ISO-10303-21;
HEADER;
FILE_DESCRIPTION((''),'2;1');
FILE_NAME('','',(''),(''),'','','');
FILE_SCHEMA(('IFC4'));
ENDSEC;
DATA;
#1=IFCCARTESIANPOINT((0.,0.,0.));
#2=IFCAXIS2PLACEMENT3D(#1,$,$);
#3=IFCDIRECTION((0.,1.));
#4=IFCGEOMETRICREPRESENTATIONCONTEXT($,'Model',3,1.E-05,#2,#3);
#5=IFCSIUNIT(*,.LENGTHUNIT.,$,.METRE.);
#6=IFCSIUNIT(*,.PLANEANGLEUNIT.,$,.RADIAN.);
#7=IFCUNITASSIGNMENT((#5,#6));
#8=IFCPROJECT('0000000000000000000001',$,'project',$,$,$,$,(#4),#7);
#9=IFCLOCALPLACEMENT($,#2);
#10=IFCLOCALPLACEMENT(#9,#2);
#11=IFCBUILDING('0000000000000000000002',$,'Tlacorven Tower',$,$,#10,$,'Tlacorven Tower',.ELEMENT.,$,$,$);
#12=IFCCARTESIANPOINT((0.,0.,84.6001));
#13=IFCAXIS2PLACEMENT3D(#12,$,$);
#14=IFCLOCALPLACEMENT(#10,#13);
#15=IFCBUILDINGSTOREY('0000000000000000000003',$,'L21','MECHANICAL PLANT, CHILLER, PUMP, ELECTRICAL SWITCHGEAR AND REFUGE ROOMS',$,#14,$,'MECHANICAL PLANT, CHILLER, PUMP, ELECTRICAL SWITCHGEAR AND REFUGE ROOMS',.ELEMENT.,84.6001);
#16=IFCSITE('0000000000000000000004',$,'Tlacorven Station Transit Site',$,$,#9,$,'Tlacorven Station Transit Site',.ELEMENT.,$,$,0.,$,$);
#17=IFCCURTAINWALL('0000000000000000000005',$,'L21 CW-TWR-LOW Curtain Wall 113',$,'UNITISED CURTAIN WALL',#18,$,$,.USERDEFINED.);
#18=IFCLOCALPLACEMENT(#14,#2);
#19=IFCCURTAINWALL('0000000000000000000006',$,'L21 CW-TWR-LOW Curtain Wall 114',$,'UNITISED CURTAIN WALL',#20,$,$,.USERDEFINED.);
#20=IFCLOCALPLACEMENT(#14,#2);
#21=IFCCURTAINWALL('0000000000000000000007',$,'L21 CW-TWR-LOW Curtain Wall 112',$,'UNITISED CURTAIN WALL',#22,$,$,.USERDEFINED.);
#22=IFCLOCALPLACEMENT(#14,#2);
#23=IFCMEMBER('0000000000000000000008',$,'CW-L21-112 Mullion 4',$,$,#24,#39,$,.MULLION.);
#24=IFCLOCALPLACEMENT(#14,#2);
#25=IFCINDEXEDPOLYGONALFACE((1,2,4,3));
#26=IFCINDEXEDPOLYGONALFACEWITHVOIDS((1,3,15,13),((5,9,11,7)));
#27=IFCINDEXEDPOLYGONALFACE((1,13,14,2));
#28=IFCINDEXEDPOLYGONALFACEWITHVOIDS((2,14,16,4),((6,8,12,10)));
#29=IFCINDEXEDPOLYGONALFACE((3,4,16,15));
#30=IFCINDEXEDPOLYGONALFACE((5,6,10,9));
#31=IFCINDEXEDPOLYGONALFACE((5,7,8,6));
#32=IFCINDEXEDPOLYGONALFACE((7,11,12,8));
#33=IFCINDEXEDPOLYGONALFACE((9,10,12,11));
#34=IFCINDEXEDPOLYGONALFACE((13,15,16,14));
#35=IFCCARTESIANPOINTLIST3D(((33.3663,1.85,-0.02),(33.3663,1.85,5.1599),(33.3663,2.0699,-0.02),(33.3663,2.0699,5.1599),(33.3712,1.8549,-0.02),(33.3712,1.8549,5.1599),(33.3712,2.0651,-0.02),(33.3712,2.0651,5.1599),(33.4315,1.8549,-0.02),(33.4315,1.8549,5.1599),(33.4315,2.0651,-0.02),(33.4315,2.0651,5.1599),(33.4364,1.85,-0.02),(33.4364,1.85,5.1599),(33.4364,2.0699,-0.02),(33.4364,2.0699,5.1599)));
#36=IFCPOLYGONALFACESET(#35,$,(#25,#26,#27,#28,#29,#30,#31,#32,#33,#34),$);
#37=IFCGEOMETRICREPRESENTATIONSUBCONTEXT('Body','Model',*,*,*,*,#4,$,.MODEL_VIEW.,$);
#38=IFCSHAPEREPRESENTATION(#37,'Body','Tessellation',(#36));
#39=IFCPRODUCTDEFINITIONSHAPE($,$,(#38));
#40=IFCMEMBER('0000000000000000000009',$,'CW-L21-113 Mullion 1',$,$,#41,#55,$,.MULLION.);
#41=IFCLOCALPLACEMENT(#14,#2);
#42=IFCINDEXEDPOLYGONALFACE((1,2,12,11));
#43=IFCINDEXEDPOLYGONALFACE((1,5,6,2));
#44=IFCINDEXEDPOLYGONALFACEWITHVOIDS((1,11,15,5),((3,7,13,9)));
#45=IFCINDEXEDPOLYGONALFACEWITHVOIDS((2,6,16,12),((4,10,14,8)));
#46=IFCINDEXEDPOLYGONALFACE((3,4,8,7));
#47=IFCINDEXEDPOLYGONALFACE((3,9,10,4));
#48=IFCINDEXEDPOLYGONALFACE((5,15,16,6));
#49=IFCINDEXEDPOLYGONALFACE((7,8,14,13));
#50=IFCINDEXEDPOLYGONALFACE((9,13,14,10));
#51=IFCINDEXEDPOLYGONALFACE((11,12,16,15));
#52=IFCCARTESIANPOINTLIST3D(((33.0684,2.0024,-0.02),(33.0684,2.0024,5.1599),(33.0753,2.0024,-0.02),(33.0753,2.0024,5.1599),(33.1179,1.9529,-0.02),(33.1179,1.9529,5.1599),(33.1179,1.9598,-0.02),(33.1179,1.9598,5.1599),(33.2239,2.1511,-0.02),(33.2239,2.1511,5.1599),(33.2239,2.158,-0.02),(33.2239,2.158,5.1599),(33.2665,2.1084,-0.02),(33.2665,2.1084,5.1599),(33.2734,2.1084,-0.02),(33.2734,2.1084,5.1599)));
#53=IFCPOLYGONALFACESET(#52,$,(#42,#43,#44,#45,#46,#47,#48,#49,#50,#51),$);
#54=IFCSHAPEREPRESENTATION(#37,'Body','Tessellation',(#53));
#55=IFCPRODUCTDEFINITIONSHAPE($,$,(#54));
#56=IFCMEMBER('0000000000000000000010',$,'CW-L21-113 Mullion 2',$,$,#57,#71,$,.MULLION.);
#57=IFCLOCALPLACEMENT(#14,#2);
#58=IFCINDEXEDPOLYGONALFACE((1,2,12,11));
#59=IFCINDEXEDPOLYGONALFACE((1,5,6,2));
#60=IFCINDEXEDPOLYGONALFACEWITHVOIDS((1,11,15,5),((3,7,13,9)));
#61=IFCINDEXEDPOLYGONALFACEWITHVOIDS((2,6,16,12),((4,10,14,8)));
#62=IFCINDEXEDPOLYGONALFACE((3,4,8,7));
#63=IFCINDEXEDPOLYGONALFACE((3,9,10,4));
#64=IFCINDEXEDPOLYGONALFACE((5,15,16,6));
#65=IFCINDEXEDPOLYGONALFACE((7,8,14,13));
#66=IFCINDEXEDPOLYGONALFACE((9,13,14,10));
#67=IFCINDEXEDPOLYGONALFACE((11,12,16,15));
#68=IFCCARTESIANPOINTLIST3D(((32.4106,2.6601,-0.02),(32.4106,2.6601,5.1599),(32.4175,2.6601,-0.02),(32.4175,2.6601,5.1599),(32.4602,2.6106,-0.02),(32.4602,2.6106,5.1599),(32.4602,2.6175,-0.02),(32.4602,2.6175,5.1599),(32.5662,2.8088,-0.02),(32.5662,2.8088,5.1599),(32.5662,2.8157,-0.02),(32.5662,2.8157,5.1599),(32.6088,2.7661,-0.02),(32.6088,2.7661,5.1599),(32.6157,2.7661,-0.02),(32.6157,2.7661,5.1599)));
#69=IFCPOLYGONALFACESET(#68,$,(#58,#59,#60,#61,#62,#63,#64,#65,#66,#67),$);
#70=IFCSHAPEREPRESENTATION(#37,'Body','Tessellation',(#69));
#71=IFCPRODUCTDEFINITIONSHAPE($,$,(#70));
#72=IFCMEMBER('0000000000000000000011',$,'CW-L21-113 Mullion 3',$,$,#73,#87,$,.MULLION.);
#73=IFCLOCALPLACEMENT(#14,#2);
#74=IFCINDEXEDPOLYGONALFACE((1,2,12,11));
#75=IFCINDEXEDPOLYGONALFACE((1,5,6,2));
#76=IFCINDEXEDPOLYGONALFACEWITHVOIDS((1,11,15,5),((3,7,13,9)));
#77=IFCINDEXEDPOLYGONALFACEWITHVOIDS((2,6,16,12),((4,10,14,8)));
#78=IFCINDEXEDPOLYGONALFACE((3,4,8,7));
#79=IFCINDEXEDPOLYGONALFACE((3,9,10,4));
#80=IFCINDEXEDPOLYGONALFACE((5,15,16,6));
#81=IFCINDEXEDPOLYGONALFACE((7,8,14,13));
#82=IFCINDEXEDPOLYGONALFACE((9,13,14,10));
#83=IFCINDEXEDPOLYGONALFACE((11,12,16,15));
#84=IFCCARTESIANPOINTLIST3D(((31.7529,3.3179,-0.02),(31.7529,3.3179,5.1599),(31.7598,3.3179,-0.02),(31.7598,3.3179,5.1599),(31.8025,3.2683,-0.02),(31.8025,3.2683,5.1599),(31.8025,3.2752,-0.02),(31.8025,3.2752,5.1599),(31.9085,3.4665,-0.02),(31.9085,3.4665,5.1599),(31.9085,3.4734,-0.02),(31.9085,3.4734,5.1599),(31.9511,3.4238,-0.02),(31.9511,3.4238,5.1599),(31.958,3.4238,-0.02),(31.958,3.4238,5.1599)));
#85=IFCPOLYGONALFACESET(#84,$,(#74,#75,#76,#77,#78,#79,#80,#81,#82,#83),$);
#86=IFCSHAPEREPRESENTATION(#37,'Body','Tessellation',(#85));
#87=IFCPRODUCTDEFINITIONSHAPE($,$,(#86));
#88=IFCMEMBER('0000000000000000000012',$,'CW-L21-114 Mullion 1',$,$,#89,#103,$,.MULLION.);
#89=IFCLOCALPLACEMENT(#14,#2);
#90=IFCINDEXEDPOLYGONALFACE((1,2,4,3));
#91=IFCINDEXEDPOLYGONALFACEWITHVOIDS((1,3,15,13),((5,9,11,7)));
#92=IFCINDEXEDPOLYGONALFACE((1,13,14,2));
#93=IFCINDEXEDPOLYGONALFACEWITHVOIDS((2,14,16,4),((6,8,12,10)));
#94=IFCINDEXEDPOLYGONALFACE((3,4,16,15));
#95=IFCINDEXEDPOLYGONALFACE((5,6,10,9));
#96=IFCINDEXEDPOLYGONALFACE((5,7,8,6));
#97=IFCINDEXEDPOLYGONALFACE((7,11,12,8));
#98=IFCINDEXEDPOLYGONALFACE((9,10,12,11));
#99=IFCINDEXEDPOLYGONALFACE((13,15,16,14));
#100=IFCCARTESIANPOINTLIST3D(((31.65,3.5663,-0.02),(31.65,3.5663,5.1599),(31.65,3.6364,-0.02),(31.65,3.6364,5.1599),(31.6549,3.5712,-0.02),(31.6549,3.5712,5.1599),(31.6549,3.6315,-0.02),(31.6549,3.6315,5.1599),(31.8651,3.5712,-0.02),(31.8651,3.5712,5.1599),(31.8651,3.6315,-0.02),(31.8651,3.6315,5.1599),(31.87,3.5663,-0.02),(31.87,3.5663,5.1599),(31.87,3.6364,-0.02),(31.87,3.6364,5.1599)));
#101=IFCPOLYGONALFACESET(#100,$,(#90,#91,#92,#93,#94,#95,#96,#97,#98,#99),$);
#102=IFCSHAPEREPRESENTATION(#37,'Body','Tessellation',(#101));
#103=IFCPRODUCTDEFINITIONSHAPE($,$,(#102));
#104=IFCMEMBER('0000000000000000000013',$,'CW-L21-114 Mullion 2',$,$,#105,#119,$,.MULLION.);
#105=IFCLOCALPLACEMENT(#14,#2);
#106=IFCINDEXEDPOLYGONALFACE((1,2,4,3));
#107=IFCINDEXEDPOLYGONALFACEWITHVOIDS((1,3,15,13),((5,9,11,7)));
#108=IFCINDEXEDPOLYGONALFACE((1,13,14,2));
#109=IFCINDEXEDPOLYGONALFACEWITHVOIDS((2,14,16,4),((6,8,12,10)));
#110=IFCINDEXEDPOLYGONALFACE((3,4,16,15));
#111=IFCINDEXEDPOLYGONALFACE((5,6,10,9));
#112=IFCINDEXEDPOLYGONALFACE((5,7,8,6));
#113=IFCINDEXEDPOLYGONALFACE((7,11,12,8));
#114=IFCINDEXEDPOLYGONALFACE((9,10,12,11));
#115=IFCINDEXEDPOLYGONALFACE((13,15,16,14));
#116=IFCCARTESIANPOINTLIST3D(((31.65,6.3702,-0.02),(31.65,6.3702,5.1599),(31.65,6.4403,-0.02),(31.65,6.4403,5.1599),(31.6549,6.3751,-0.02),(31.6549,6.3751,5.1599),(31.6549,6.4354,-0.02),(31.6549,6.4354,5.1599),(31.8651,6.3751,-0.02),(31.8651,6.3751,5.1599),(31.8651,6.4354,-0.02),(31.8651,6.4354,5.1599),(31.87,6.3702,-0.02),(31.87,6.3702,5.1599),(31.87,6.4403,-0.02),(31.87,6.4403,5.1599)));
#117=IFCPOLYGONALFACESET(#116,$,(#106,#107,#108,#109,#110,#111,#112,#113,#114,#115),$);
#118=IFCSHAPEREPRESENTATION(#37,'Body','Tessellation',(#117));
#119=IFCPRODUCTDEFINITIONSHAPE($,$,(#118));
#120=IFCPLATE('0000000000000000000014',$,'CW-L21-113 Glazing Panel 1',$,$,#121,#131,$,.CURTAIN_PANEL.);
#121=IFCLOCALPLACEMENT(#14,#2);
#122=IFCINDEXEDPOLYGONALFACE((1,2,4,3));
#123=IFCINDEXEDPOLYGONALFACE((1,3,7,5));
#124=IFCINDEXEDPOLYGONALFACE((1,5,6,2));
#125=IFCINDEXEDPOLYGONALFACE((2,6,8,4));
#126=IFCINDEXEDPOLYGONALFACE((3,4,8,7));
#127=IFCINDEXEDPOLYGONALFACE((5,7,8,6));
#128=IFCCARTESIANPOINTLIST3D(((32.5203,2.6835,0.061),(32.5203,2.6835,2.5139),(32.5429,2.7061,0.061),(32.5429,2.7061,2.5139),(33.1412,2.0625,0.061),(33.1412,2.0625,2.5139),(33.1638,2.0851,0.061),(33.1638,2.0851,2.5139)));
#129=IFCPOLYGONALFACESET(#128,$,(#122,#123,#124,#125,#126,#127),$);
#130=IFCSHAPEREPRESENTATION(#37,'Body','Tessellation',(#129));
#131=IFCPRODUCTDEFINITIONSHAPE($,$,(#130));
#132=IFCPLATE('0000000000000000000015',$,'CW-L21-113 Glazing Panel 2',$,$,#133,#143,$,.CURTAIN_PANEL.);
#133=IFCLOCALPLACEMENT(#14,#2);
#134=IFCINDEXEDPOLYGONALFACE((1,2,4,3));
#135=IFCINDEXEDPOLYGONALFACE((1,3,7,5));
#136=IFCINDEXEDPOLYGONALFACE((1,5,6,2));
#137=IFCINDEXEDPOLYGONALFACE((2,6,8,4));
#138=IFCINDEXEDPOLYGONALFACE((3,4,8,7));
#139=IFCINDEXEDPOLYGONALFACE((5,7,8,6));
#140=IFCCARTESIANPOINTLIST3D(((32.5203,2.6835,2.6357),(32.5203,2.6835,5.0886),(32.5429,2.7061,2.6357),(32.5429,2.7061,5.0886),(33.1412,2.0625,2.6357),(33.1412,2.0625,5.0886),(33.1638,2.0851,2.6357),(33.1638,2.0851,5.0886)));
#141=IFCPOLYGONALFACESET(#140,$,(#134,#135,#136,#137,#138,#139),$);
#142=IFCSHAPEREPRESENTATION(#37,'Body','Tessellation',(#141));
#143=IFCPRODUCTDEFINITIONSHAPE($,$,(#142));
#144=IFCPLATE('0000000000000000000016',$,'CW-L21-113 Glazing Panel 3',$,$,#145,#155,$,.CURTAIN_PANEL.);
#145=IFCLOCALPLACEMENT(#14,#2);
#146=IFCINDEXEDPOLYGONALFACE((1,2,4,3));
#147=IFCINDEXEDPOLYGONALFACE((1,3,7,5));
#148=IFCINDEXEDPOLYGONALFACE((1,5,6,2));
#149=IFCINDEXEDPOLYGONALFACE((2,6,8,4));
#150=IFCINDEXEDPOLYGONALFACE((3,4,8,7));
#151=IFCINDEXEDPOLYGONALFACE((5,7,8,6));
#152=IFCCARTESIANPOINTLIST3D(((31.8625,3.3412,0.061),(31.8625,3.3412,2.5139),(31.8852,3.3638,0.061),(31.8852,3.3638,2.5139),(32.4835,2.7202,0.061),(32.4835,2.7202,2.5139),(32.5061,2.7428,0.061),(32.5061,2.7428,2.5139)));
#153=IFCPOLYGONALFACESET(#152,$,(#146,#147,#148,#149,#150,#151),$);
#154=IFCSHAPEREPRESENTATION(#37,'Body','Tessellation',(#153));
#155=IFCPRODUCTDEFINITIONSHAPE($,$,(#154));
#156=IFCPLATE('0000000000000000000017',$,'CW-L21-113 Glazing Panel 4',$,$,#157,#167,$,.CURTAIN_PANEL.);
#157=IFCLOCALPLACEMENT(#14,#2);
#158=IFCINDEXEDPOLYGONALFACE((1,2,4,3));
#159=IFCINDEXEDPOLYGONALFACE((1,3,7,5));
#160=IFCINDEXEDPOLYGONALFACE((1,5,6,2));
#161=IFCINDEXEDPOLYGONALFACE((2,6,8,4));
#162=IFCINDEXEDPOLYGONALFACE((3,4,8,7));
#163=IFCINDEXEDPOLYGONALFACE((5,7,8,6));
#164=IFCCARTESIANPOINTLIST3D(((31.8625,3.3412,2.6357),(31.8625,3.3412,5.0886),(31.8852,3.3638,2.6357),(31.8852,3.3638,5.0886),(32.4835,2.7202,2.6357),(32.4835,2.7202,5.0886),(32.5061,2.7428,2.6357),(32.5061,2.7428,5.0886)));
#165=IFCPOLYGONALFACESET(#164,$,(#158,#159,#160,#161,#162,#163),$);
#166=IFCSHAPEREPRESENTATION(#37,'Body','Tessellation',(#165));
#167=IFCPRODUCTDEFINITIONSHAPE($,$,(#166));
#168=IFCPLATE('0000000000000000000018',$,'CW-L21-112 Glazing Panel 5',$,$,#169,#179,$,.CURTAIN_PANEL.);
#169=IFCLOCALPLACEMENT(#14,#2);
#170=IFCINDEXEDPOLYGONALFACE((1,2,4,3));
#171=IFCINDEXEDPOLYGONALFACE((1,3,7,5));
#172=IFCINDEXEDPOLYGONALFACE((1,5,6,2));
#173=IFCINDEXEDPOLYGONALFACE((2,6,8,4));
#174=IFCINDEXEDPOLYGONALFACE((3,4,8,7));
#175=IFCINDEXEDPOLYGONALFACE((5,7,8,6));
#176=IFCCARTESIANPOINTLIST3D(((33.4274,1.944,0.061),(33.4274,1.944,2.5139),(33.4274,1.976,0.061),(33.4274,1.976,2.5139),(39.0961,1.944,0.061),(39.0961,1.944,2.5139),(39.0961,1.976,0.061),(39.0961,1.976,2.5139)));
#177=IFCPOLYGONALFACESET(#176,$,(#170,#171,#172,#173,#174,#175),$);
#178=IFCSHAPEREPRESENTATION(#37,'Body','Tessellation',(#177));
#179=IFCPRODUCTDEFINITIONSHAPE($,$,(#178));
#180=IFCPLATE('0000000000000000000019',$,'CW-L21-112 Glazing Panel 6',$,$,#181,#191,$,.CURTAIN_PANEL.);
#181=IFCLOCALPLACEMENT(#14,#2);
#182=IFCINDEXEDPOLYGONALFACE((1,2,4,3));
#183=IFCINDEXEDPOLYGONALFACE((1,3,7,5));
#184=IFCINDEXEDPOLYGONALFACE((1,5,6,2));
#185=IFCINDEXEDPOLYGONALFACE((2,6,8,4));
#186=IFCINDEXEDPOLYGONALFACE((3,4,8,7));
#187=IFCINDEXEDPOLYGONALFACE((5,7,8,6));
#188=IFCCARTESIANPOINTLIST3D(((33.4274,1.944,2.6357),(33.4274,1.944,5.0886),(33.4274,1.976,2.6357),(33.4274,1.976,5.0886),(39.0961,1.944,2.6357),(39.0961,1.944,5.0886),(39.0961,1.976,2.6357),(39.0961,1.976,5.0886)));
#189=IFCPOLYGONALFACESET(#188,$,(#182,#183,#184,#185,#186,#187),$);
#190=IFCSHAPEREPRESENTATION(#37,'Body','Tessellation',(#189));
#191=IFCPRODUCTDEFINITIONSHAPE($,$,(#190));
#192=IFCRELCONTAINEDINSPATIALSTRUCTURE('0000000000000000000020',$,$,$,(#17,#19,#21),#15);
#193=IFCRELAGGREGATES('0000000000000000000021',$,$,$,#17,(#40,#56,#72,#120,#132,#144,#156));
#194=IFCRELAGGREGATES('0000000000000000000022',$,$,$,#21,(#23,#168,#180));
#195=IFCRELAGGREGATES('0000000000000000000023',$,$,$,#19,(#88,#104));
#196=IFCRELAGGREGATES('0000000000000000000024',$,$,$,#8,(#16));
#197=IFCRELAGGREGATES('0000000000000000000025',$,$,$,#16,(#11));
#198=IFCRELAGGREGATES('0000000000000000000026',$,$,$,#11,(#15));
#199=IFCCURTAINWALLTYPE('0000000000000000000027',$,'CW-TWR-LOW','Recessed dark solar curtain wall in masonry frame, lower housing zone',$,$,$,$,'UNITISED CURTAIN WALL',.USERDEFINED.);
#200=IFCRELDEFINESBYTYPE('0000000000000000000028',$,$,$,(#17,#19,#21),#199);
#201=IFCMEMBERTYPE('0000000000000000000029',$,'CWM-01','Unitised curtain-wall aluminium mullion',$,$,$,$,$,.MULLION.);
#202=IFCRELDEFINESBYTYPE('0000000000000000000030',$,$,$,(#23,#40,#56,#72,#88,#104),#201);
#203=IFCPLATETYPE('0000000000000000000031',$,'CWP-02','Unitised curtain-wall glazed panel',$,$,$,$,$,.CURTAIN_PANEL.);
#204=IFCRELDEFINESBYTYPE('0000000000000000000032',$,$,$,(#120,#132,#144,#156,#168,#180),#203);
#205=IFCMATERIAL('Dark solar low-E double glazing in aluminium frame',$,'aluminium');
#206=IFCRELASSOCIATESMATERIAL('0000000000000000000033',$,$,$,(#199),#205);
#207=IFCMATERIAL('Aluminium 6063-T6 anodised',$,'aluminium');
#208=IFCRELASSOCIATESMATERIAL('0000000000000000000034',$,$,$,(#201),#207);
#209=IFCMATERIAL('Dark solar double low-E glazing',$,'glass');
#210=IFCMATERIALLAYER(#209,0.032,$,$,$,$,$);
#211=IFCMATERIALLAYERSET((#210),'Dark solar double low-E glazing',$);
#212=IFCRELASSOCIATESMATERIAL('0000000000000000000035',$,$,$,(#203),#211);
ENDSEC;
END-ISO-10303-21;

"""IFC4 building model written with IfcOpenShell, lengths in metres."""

from ifc_helpers import new_model, si_unit, direction, frame, origin, origin_2d, place, context, subcontext, project, spatial, rectangle, hollow_rectangle, extrude, source, transform, mapped, material, layer, layer_set, material_profile, profile_set, type_object, element, aggregate, save


model = new_model("IFC4")

# Units and contexts
model_context = context("Model", 3, precision=1e-05, world=origin(), true_north=direction((0.0, 1.0)))
body_context = subcontext(model_context, "Body", "Model", "MODEL_VIEW")
ifc_project = project(units=[si_unit("LENGTHUNIT", "METRE"), si_unit("PLANEANGLEUNIT", "RADIAN")], contexts=[model_context])

# Site, building, storey
site_placement = place(None, origin())
site = spatial("IfcSite", under=ifc_project, at=site_placement, Name="Tlacorven Station Transit Site", LongName="Tlacorven Station Transit Site", CompositionType="ELEMENT", RefElevation=0.0)
building_placement = place(site_placement, origin())
building = spatial("IfcBuilding", under=site, at=building_placement, Name="Tlacorven Tower", LongName="Tlacorven Tower", CompositionType="ELEMENT")
storey_placement = place(building_placement, frame((0.0, 0.0, 84.6001)))
storey = spatial("IfcBuildingStorey", under=building, at=storey_placement, Name="L21", Description="MECHANICAL PLANT, CHILLER, PUMP, ELECTRICAL SWITCHGEAR AND REFUGE ROOMS", LongName="MECHANICAL PLANT, CHILLER, PUMP, ELECTRICAL SWITCHGEAR AND REFUGE ROOMS", CompositionType="ELEMENT", Elevation=84.6001)

# Curtain walls
ifc_material_1 = material(Name="Dark solar low-E double glazing in aluminium frame", Category="aluminium")
curtain_wall_type = type_object("IfcCurtainWallType", Name="CW-TWR-LOW", Description="Recessed dark solar curtain wall in masonry frame, lower housing zone", ElementType="UNITISED CURTAIN WALL", PredefinedType="USERDEFINED", material=ifc_material_1)
curtain_wall_1_placement = place(storey_placement, origin())
curtain_wall_1 = element("IfcCurtainWall", 1, at=curtain_wall_1_placement, inside=storey, type_object=curtain_wall_type, Name="L21 CW-TWR-LOW Curtain Wall 113", ObjectType="UNITISED CURTAIN WALL", PredefinedType="USERDEFINED")
ifc_material_2 = material(Name="Aluminium 6063-T6 anodised", Category="aluminium")
curtain_wall_2_placement = place(storey_placement, origin())
curtain_wall_2 = element("IfcCurtainWall", 2, at=curtain_wall_2_placement, inside=storey, type_object=curtain_wall_type, Name="L21 CW-TWR-LOW Curtain Wall 114", ObjectType="UNITISED CURTAIN WALL", PredefinedType="USERDEFINED")

# Curtain wall, member
curtain_wall_3_placement = place(storey_placement, origin())
curtain_wall_3 = element("IfcCurtainWall", 3, at=curtain_wall_3_placement, inside=storey, type_object=curtain_wall_type, Name="L21 CW-TWR-LOW Curtain Wall 112", ObjectType="UNITISED CURTAIN WALL", PredefinedType="USERDEFINED")
ifc_material_profile_1 = material_profile(ifc_material_2, hollow_rectangle(XDim=0.0701, YDim=0.22, WallThickness=0.0049, at=origin_2d()), Name="ALU MULLION 70X220")
ifc_profile_set_1 = profile_set([ifc_material_profile_1], Name="Aluminium 6063-T6 anodised")
member_type_1 = type_object("IfcMemberType", Name="CWM-01", Description="Unitised curtain-wall aluminium mullion", PredefinedType="MULLION", material=ifc_profile_set_1)
shared_shape_1 = source(origin(), body_context, "Body", "SweptSolid", [
    extrude(hollow_rectangle(XDim=0.0701, YDim=0.22, WallThickness=0.0049, at=origin_2d()), origin(), (0.0, 0.0, 1.0), 5.1799),
])
member_1_placement = place(storey_placement, frame((33.4014, 1.96, -0.02), z_axis=(0.0, 0.0, 1.0), x_axis=(-1.0, 0.0, 0.0)))
member_1 = element("IfcMember", 4, at=member_1_placement, type_object=member_type_1, Name="CW-L21-112 Mullion 4", PredefinedType="MULLION", context=body_context, shape_type="MappedRepresentation", body=[
    mapped(shared_shape_1, transform((0.0, 0.0, 0.0), scale=1.0)),
])

# Members
member_2_placement = place(storey_placement, frame((33.1709, 2.0554, -0.02), z_axis=(0.0, 0.0, 1.0), x_axis=(-0.707107, 0.707107, 0.0)))
member_2 = element("IfcMember", 5, at=member_2_placement, type_object=member_type_1, Name="CW-L21-113 Mullion 1", PredefinedType="MULLION", context=body_context, shape_type="MappedRepresentation", body=[
    mapped(shared_shape_1, transform((0.0, 0.0, 0.0), scale=1.0)),
])
member_3_placement = place(storey_placement, frame((32.5132, 2.7131, -0.02), z_axis=(0.0, 0.0, 1.0), x_axis=(-0.707107, 0.707107, 0.0)))
member_3 = element("IfcMember", 6, at=member_3_placement, type_object=member_type_1, Name="CW-L21-113 Mullion 2", PredefinedType="MULLION", context=body_context, shape_type="MappedRepresentation", body=[
    mapped(shared_shape_1, transform((0.0, 0.0, 0.0), scale=1.0)),
])
member_4_placement = place(storey_placement, frame((31.8555, 3.3708, -0.02), z_axis=(0.0, 0.0, 1.0), x_axis=(-0.707107, 0.707107, 0.0)))
member_4 = element("IfcMember", 7, at=member_4_placement, type_object=member_type_1, Name="CW-L21-113 Mullion 3", PredefinedType="MULLION", context=body_context, shape_type="MappedRepresentation", body=[
    mapped(shared_shape_1, transform((0.0, 0.0, 0.0), scale=1.0)),
])
member_5_placement = place(storey_placement, frame((31.76, 3.6013, -0.02), z_axis=(0.0, 0.0, 1.0), x_axis=(0.0, 1.0, 0.0)))
member_5 = element("IfcMember", 8, at=member_5_placement, type_object=member_type_1, Name="CW-L21-114 Mullion 1", PredefinedType="MULLION", context=body_context, shape_type="MappedRepresentation", body=[
    mapped(shared_shape_1, transform((0.0, 0.0, 0.0), scale=1.0)),
])
member_6_placement = place(storey_placement, frame((31.76, 6.4053, -0.02), z_axis=(0.0, 0.0, 1.0), x_axis=(0.0, 1.0, 0.0)))
member_6 = element("IfcMember", 9, at=member_6_placement, type_object=member_type_1, Name="CW-L21-114 Mullion 2", PredefinedType="MULLION", context=body_context, shape_type="MappedRepresentation", body=[
    mapped(shared_shape_1, transform((0.0, 0.0, 0.0), scale=1.0)),
])

# Plates
ifc_material_3 = material(Name="Dark solar double low-E glazing", Category="glass")
ifc_layer = layer(ifc_material_3, 0.032)
ifc_layer_set = layer_set([ifc_layer], Name="Dark solar double low-E glazing")
plate_type = type_object("IfcPlateType", Name="CWP-02", Description="Unitised curtain-wall glazed panel", PredefinedType="CURTAIN_PANEL", material=ifc_layer_set)
shared_shape_2 = source(origin(), body_context, "Body", "SweptSolid", [
    extrude(rectangle(XDim=0.8782, YDim=0.032, at=origin_2d()), origin(), (0.0, 0.0, 1.0), 2.4529),
])
plate_1_placement = place(storey_placement, frame((32.842, 2.3843, 0.061), z_axis=(0.0, 0.0, 1.0), x_axis=(-0.707107, 0.707107, 0.0)))
plate_1 = element("IfcPlate", 10, at=plate_1_placement, type_object=plate_type, Name="CW-L21-113 Glazing Panel 1", PredefinedType="CURTAIN_PANEL", context=body_context, shape_type="MappedRepresentation", body=[
    mapped(shared_shape_2, transform((0.0, 0.0, 0.0), scale=1.0)),
])
plate_2_placement = place(storey_placement, frame((32.842, 2.3843, 2.6357), z_axis=(0.0, 0.0, 1.0), x_axis=(-0.707107, 0.707107, 0.0)))
plate_2 = element("IfcPlate", 11, at=plate_2_placement, type_object=plate_type, Name="CW-L21-113 Glazing Panel 2", PredefinedType="CURTAIN_PANEL", context=body_context, shape_type="MappedRepresentation", body=[
    mapped(shared_shape_2, transform((0.0, 0.0, 0.0), scale=1.0)),
])
plate_3_placement = place(storey_placement, frame((32.1843, 3.042, 0.061), z_axis=(0.0, 0.0, 1.0), x_axis=(-0.707107, 0.707107, 0.0)))
plate_3 = element("IfcPlate", 12, at=plate_3_placement, type_object=plate_type, Name="CW-L21-113 Glazing Panel 3", PredefinedType="CURTAIN_PANEL", context=body_context, shape_type="MappedRepresentation", body=[
    mapped(shared_shape_2, transform((0.0, 0.0, 0.0), scale=1.0)),
])
plate_4_placement = place(storey_placement, frame((32.1843, 3.042, 2.6357), z_axis=(0.0, 0.0, 1.0), x_axis=(-0.707107, 0.707107, 0.0)))
plate_4 = element("IfcPlate", 13, at=plate_4_placement, type_object=plate_type, Name="CW-L21-113 Glazing Panel 4", PredefinedType="CURTAIN_PANEL", context=body_context, shape_type="MappedRepresentation", body=[
    mapped(shared_shape_2, transform((0.0, 0.0, 0.0), scale=1.0)),
])
aggregate(curtain_wall_1, [member_2, member_3, member_4, plate_1, plate_2, plate_3, plate_4])
shared_shape_3 = source(origin(), body_context, "Body", "SweptSolid", [
    extrude(rectangle(XDim=5.6687, YDim=0.032, at=origin_2d()), origin(), (0.0, 0.0, 1.0), 2.4529),
])
plate_5_placement = place(storey_placement, frame((36.2617, 1.96, 0.061), z_axis=(0.0, 0.0, 1.0), x_axis=(-1.0, 0.0, 0.0)))
plate_5 = element("IfcPlate", 14, at=plate_5_placement, type_object=plate_type, Name="CW-L21-112 Glazing Panel 5", PredefinedType="CURTAIN_PANEL", context=body_context, shape_type="MappedRepresentation", body=[
    mapped(shared_shape_3, transform((0.0, 0.0, 0.0), scale=1.0)),
])
plate_6_placement = place(storey_placement, frame((36.2617, 1.96, 2.6357), z_axis=(0.0, 0.0, 1.0), x_axis=(-1.0, 0.0, 0.0)))
plate_6 = element("IfcPlate", 15, at=plate_6_placement, type_object=plate_type, Name="CW-L21-112 Glazing Panel 6", PredefinedType="CURTAIN_PANEL", context=body_context, shape_type="MappedRepresentation", body=[
    mapped(shared_shape_3, transform((0.0, 0.0, 0.0), scale=1.0)),
])
aggregate(curtain_wall_3, [member_1, plate_5, plate_6])
aggregate(curtain_wall_2, [member_5, member_6])

save(model, "model.ifc")
